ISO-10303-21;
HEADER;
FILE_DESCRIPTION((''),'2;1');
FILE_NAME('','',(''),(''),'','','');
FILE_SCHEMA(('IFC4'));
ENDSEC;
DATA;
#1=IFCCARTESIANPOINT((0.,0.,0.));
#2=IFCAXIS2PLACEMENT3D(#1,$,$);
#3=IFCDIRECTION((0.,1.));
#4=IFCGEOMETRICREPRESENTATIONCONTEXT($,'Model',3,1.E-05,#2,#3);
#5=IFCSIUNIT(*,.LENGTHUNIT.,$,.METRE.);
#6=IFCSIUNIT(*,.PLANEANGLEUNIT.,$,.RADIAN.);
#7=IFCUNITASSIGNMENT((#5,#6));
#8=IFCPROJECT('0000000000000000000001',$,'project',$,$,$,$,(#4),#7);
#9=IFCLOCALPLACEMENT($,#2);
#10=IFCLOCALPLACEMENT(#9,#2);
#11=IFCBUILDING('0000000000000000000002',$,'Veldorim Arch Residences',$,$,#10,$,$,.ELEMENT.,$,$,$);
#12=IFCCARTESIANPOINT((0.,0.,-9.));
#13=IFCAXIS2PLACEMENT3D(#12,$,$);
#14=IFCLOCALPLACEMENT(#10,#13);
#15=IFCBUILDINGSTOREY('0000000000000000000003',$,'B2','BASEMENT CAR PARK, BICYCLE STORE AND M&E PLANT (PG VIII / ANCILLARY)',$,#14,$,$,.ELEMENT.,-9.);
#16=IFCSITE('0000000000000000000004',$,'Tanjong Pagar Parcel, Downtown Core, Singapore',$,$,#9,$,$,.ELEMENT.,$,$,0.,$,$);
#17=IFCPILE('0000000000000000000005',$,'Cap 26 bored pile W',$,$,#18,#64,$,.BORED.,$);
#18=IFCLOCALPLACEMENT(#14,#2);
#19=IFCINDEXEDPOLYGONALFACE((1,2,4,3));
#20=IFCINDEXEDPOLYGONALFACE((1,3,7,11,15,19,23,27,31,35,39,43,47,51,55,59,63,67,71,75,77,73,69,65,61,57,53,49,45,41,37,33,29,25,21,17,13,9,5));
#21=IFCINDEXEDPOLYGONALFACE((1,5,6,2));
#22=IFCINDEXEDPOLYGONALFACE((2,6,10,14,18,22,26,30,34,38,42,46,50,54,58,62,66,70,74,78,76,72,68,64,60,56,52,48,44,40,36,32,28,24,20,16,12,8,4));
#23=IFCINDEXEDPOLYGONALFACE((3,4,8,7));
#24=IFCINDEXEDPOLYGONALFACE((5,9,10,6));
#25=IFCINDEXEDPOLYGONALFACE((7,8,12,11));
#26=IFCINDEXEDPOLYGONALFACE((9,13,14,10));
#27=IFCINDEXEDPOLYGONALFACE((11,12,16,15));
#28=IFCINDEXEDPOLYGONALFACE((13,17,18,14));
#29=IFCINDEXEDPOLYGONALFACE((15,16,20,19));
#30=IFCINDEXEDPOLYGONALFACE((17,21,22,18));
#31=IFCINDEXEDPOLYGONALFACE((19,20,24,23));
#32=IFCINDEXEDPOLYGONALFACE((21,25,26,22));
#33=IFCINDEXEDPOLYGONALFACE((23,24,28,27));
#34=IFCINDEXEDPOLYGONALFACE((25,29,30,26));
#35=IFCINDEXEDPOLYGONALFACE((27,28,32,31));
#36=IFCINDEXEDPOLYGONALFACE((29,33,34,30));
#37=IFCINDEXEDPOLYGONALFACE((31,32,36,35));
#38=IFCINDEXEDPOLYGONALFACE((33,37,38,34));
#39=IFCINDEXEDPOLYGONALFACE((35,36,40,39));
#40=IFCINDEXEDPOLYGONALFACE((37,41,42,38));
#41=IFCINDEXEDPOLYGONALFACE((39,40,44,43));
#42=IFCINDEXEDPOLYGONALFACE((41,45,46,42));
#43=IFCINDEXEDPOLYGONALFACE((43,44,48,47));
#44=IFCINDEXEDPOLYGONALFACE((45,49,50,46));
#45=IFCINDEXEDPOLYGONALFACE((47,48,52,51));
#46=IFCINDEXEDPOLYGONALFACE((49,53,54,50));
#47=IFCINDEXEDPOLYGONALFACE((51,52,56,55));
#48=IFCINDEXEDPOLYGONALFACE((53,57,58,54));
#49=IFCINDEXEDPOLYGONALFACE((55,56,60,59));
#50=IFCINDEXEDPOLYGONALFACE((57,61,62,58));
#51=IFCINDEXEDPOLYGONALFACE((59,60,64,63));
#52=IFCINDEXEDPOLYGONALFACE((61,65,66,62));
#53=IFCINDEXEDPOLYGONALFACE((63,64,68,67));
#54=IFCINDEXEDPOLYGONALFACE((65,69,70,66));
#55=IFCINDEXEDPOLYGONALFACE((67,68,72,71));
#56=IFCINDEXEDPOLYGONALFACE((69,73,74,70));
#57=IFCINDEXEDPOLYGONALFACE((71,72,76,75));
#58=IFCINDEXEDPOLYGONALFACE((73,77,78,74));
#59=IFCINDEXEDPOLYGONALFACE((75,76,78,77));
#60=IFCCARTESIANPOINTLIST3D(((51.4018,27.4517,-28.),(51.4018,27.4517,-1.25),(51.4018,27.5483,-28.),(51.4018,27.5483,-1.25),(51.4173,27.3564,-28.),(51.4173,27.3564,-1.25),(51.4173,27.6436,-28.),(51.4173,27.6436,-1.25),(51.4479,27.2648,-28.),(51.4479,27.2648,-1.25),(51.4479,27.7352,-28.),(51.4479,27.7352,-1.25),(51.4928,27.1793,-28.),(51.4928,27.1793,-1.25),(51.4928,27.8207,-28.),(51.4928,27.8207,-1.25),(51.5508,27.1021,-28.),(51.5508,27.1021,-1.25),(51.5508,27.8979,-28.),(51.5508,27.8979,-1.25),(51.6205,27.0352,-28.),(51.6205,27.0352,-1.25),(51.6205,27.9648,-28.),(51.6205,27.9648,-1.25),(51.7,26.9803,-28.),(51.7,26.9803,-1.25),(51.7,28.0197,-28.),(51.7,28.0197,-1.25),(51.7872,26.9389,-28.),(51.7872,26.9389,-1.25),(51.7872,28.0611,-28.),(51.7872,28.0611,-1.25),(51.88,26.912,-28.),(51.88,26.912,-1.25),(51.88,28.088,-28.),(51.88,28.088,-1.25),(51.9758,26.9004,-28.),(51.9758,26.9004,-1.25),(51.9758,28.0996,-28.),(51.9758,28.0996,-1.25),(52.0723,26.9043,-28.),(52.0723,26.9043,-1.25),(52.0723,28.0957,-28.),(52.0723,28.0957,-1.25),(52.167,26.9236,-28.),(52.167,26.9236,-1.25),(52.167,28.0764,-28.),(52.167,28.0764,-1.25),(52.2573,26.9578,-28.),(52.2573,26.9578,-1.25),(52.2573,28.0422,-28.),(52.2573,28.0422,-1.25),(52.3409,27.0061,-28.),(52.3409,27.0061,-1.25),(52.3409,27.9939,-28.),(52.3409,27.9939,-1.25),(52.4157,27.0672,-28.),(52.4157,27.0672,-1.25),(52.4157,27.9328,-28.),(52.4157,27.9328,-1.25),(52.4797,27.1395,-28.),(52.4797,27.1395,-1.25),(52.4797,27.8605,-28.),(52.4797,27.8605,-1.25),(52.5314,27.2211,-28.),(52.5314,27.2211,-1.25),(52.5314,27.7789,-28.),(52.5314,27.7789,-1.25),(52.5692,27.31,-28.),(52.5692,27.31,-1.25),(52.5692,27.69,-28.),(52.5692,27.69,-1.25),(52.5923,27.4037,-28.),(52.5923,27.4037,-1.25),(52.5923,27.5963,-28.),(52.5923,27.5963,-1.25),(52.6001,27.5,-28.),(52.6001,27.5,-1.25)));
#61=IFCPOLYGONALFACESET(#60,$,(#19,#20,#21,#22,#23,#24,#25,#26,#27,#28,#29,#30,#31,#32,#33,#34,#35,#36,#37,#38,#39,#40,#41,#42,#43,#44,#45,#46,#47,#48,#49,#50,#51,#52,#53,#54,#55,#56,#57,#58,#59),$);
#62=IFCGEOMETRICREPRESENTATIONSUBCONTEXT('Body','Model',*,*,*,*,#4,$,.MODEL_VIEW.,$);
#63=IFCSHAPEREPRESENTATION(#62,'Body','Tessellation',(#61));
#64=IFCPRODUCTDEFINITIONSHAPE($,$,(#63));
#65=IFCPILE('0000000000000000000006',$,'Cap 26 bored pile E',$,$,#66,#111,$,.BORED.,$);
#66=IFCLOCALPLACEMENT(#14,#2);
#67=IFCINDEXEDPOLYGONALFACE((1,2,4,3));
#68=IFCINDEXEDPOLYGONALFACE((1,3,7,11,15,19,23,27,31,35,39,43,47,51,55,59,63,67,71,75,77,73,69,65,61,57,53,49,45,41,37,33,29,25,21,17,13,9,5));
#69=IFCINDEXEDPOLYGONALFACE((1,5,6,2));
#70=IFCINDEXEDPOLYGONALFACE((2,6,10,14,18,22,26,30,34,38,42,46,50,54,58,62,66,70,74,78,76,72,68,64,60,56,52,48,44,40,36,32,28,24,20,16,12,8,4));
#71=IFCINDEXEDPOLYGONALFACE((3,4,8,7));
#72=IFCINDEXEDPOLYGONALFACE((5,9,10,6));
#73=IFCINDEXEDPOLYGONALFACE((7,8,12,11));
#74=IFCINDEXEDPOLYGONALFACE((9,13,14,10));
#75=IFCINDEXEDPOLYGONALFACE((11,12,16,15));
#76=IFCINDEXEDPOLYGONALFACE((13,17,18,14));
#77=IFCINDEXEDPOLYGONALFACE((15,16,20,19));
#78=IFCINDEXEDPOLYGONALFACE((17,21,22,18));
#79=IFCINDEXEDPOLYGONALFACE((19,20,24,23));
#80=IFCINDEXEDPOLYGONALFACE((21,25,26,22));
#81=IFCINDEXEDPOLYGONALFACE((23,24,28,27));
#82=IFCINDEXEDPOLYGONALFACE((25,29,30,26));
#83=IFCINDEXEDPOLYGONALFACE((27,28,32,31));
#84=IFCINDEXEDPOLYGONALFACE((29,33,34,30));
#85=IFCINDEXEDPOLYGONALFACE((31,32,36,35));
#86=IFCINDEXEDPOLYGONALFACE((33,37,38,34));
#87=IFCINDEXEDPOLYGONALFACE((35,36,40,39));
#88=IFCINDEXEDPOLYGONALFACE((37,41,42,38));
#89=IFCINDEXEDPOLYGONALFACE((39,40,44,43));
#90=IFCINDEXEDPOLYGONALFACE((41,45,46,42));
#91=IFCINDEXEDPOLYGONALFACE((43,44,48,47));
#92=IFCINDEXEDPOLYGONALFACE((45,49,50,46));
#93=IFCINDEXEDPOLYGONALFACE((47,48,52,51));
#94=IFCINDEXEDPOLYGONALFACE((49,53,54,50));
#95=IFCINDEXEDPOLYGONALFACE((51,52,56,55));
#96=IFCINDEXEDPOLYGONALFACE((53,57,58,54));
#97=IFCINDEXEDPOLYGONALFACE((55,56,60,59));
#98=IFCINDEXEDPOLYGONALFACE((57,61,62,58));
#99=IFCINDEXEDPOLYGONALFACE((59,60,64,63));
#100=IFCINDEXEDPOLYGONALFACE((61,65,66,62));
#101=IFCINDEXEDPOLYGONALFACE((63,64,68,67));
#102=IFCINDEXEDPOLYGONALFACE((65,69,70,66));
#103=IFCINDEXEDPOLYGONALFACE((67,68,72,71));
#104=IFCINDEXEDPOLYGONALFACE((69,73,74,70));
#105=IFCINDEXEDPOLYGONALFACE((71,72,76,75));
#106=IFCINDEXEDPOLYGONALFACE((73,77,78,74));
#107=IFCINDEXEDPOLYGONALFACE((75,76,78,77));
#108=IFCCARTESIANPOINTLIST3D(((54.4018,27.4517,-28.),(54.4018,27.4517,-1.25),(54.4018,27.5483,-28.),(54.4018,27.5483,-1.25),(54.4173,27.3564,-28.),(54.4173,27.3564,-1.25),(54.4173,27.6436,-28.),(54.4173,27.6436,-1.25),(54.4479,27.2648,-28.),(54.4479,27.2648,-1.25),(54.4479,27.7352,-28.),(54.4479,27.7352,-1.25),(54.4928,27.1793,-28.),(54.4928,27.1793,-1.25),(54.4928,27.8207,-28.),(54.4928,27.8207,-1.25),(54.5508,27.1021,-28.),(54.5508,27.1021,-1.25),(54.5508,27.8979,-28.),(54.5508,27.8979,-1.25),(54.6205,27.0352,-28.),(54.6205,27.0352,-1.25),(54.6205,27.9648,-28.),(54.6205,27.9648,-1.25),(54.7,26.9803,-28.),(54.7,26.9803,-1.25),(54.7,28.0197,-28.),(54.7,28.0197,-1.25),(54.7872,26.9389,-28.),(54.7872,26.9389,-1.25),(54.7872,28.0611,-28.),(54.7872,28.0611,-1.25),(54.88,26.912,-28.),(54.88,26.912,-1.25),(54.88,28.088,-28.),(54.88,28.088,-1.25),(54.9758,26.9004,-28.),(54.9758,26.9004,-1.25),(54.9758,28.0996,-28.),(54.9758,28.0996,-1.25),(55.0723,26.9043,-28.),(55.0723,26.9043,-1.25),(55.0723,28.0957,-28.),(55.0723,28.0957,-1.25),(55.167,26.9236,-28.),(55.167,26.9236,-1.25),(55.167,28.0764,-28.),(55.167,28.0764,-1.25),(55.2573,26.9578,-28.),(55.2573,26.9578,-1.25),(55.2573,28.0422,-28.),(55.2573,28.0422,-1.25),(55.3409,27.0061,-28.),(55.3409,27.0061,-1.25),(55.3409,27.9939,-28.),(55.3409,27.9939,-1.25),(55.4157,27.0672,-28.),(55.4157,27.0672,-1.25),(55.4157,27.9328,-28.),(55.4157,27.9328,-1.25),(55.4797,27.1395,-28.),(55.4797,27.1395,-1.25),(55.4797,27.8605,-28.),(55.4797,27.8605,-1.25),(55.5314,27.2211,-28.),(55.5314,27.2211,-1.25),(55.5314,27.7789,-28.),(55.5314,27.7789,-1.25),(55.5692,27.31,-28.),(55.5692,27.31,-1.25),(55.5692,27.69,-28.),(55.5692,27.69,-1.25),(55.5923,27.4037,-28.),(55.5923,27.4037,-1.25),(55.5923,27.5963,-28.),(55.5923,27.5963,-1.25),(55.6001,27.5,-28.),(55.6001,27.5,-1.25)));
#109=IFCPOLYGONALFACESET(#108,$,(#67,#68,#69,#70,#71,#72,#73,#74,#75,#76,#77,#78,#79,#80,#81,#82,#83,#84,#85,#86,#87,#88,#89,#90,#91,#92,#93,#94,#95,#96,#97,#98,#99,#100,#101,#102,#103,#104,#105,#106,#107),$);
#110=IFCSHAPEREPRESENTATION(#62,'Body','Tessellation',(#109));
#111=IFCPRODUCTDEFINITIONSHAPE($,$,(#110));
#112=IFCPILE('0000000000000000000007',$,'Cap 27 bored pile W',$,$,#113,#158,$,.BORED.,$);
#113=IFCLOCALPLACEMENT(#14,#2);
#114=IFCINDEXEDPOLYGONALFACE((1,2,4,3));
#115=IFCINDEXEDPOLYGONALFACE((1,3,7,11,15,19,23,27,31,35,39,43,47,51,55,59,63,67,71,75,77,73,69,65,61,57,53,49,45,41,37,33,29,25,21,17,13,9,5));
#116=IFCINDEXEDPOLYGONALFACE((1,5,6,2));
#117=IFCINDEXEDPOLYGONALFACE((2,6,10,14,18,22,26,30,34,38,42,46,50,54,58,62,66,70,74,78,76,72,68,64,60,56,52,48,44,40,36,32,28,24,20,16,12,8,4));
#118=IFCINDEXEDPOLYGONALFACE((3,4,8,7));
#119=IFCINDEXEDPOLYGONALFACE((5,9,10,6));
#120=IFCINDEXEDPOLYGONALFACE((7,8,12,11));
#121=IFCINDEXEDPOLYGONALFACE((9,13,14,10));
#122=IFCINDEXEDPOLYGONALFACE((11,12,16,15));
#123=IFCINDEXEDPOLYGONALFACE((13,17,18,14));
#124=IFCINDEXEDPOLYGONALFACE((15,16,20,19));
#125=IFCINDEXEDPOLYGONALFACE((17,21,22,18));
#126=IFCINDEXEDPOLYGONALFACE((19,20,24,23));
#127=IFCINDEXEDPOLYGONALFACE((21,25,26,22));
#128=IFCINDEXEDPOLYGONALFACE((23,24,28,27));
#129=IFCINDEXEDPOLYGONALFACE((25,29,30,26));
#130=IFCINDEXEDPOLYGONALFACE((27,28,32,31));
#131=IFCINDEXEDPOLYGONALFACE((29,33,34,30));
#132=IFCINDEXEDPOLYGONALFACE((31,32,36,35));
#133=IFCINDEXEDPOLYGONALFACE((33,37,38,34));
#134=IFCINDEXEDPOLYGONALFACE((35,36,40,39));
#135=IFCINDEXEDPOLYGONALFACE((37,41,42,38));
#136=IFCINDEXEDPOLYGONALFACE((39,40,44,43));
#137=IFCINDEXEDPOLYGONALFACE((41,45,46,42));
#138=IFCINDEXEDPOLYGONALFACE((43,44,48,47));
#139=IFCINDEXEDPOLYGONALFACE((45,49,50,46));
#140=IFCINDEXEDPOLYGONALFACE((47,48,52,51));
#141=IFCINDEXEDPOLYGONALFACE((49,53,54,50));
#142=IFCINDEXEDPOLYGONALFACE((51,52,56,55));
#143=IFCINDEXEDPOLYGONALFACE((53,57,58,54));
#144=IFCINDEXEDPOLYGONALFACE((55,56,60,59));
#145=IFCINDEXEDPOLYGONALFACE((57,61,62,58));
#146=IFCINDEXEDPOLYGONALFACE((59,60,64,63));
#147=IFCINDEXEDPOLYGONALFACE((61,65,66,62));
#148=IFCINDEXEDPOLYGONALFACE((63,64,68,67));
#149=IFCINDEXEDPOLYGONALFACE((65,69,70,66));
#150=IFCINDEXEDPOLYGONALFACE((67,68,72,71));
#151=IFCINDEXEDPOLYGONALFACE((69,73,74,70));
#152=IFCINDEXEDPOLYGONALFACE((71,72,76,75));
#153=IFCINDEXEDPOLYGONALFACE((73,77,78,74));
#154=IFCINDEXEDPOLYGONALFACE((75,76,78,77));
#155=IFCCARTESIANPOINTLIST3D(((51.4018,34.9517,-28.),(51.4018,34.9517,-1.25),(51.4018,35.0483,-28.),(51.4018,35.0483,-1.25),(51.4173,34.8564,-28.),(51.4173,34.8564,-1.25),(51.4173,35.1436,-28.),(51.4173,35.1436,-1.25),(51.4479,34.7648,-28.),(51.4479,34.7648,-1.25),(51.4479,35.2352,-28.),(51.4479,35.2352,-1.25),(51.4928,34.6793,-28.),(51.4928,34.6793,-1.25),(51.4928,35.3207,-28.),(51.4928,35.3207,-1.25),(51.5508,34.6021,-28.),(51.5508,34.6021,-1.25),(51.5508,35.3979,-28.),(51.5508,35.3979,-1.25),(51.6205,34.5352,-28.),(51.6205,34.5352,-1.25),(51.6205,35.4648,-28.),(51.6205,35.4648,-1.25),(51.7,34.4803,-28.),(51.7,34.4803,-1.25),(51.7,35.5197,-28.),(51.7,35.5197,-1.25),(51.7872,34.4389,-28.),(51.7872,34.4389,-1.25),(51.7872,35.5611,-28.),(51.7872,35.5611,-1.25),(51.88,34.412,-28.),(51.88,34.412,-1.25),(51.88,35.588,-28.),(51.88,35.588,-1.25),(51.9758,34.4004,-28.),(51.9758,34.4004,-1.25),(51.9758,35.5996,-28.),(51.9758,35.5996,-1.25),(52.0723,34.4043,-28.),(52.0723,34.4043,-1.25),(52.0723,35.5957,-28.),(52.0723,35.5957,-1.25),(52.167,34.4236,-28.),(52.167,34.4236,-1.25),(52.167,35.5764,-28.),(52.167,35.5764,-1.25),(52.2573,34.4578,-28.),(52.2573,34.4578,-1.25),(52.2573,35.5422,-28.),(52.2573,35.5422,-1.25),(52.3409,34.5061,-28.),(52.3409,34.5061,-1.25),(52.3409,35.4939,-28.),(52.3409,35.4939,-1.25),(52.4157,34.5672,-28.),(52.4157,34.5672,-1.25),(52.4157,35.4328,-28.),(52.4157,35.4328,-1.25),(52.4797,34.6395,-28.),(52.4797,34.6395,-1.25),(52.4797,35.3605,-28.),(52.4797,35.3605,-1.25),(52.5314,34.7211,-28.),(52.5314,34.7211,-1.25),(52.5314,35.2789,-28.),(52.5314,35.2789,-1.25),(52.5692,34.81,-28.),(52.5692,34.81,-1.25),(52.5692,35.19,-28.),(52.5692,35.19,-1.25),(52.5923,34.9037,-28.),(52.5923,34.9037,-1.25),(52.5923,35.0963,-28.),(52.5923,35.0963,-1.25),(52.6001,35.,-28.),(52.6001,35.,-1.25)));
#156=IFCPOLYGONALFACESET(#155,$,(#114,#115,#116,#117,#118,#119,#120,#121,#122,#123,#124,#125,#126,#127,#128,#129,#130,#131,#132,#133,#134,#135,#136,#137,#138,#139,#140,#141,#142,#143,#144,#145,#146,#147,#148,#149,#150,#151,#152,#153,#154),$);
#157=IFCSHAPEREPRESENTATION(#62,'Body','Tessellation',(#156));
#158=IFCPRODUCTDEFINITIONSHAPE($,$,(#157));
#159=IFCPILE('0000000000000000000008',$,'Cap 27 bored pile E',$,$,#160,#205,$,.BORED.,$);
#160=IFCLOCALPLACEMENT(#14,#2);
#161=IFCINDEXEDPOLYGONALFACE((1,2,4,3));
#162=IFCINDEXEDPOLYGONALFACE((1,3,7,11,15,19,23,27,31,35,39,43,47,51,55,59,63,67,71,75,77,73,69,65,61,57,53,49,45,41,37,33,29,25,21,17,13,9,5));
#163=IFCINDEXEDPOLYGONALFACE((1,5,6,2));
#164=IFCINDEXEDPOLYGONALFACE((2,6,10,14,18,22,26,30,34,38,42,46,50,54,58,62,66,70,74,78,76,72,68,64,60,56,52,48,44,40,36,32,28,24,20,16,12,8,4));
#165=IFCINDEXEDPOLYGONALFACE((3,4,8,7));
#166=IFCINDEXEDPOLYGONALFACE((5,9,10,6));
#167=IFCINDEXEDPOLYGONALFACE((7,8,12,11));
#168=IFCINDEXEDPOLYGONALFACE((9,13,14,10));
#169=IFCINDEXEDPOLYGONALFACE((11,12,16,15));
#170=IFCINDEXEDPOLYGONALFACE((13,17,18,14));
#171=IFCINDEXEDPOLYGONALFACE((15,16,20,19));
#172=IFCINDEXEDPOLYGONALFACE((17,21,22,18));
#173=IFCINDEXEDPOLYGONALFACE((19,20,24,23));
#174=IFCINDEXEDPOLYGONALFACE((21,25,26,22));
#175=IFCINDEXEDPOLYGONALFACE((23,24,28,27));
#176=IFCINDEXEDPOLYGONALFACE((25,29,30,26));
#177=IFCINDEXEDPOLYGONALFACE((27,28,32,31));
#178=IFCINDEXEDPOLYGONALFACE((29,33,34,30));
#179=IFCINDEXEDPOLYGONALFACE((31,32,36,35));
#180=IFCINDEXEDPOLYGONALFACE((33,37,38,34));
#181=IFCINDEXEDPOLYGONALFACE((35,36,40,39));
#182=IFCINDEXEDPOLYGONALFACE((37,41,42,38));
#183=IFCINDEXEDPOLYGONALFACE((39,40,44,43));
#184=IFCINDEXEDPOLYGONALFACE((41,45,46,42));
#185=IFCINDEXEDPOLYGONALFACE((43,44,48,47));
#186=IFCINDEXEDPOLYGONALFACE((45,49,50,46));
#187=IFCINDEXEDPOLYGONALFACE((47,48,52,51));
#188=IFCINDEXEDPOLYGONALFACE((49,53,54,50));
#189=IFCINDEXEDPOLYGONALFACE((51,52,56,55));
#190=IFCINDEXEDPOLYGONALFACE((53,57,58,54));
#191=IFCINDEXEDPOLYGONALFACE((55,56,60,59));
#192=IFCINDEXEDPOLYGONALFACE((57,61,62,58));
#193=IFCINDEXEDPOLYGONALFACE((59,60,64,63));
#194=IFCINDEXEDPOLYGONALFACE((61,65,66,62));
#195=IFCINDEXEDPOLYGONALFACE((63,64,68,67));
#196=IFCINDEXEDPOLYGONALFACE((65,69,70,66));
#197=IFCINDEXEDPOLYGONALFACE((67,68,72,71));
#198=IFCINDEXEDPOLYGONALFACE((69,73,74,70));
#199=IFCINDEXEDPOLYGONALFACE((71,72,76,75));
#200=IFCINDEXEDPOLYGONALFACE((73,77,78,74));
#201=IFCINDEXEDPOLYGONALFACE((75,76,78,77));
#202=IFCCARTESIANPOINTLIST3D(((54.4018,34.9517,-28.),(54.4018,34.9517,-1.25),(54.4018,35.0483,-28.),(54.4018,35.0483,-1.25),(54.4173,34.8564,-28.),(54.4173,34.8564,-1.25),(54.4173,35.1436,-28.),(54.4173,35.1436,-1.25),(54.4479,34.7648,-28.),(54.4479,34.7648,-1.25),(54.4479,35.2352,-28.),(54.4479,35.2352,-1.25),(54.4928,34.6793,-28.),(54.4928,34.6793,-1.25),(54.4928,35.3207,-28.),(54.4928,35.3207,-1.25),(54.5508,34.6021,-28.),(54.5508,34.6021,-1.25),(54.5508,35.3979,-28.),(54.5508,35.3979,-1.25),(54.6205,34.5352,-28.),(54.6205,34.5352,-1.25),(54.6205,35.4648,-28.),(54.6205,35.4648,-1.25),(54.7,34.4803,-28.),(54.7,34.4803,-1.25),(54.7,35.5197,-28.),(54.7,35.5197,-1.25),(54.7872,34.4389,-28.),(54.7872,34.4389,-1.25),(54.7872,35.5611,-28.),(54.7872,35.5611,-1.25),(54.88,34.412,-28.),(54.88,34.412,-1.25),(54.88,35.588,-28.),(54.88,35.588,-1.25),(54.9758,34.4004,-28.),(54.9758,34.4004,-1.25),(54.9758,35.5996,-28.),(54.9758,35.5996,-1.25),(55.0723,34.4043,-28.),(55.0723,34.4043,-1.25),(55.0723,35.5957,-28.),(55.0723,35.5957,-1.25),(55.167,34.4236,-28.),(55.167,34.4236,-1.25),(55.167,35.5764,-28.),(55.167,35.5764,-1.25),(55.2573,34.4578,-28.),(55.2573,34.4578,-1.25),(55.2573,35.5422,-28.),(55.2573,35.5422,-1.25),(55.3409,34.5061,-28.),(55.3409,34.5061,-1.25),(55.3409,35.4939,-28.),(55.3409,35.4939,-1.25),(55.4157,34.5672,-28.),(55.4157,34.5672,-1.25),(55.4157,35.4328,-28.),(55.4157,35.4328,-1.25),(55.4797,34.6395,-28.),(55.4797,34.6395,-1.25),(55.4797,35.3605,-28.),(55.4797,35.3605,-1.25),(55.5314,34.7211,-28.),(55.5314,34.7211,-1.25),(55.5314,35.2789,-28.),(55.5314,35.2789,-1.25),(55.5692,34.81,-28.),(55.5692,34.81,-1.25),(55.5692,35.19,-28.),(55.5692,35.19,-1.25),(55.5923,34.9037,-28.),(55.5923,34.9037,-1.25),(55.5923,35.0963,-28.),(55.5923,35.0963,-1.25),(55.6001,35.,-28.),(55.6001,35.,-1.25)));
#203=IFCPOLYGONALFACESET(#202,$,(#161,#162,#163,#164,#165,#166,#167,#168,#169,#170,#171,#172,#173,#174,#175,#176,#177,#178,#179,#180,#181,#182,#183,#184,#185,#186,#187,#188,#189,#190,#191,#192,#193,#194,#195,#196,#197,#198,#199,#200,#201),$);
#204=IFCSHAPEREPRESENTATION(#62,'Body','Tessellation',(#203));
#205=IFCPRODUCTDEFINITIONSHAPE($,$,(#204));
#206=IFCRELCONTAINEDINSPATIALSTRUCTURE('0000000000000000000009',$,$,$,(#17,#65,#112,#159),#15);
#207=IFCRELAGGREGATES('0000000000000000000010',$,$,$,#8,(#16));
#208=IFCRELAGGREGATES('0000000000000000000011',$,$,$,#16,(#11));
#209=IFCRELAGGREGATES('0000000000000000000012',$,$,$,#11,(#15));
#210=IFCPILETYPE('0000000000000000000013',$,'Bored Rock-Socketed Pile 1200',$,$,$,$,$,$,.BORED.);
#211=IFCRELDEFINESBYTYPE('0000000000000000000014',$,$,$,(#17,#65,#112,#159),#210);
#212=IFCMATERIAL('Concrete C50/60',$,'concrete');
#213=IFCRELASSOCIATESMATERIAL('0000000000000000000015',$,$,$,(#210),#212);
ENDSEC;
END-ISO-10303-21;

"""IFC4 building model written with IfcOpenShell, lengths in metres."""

from ifc_helpers import new_model, si_unit, direction, frame, origin, origin_2d, place, context, subcontext, project, spatial, circle, extrude, material, material_profile, profile_set, type_object, element, save


model = new_model("IFC4")

# Units and contexts
model_context = context("Model", 3, precision=1e-05, world=origin(), true_north=direction((0.0, 1.0)))
body_context = subcontext(model_context, "Body", "Model", "MODEL_VIEW")
ifc_project = project(units=[si_unit("LENGTHUNIT", "METRE"), si_unit("PLANEANGLEUNIT", "RADIAN")], contexts=[model_context])

# Site, building, storey
site_placement = place(None, origin())
site = spatial("IfcSite", under=ifc_project, at=site_placement, Name="Tanjong Pagar Parcel, Downtown Core, Singapore", CompositionType="ELEMENT", RefElevation=0.0)
building_placement = place(site_placement, origin())
building = spatial("IfcBuilding", under=site, at=building_placement, Name="Veldorim Arch Residences", CompositionType="ELEMENT")
storey_placement = place(building_placement, frame((0.0, 0.0, -9.0)))
storey = spatial("IfcBuildingStorey", under=building, at=storey_placement, Name="B2", Description="BASEMENT CAR PARK, BICYCLE STORE AND M&E PLANT (PG VIII / ANCILLARY)", CompositionType="ELEMENT", Elevation=-9.0)

# Piles
ifc_material_1 = material(Name="Concrete C50/60", Category="concrete")
ifc_material_profile_1 = material_profile(ifc_material_1, circle(Radius=0.6001, at=origin_2d()), Name="PILE_1200")
ifc_profile_set_1 = profile_set([ifc_material_profile_1], Name="Concrete C50/60")
pile_type = type_object("IfcPileType", Name="Bored Rock-Socketed Pile 1200", PredefinedType="BORED", material=ifc_profile_set_1)
for number, where, z_axis, x_axis, name in (
    (1, (52.0, 27.5, -1.25), (0.0, 0.0, -1.0), (1.0, 0.0, 0.0), "Cap 26 bored pile W"),
    (2, (55.0, 27.5, -1.25), (0.0, 0.0, -1.0), (1.0, 0.0, 0.0), "Cap 26 bored pile E"),
    (3, (52.0, 35.0, -1.25), (0.0, 0.0, -1.0), (1.0, 0.0, 0.0), "Cap 27 bored pile W"),
    (4, (55.0, 35.0, -1.25), (0.0, 0.0, -1.0), (1.0, 0.0, 0.0), "Cap 27 bored pile E"),
):
    element("IfcPile", number, at=place(storey_placement, frame(where, z_axis=z_axis, x_axis=x_axis)), inside=storey, type_object=pile_type, Name=name, PredefinedType="BORED", context=body_context, shape_type="SweptSolid", body=[
        extrude(circle(Radius=0.6001, at=origin_2d()), origin(), (0.0, 0.0, 1.0), 26.75),
    ])

save(model, "model.ifc")
